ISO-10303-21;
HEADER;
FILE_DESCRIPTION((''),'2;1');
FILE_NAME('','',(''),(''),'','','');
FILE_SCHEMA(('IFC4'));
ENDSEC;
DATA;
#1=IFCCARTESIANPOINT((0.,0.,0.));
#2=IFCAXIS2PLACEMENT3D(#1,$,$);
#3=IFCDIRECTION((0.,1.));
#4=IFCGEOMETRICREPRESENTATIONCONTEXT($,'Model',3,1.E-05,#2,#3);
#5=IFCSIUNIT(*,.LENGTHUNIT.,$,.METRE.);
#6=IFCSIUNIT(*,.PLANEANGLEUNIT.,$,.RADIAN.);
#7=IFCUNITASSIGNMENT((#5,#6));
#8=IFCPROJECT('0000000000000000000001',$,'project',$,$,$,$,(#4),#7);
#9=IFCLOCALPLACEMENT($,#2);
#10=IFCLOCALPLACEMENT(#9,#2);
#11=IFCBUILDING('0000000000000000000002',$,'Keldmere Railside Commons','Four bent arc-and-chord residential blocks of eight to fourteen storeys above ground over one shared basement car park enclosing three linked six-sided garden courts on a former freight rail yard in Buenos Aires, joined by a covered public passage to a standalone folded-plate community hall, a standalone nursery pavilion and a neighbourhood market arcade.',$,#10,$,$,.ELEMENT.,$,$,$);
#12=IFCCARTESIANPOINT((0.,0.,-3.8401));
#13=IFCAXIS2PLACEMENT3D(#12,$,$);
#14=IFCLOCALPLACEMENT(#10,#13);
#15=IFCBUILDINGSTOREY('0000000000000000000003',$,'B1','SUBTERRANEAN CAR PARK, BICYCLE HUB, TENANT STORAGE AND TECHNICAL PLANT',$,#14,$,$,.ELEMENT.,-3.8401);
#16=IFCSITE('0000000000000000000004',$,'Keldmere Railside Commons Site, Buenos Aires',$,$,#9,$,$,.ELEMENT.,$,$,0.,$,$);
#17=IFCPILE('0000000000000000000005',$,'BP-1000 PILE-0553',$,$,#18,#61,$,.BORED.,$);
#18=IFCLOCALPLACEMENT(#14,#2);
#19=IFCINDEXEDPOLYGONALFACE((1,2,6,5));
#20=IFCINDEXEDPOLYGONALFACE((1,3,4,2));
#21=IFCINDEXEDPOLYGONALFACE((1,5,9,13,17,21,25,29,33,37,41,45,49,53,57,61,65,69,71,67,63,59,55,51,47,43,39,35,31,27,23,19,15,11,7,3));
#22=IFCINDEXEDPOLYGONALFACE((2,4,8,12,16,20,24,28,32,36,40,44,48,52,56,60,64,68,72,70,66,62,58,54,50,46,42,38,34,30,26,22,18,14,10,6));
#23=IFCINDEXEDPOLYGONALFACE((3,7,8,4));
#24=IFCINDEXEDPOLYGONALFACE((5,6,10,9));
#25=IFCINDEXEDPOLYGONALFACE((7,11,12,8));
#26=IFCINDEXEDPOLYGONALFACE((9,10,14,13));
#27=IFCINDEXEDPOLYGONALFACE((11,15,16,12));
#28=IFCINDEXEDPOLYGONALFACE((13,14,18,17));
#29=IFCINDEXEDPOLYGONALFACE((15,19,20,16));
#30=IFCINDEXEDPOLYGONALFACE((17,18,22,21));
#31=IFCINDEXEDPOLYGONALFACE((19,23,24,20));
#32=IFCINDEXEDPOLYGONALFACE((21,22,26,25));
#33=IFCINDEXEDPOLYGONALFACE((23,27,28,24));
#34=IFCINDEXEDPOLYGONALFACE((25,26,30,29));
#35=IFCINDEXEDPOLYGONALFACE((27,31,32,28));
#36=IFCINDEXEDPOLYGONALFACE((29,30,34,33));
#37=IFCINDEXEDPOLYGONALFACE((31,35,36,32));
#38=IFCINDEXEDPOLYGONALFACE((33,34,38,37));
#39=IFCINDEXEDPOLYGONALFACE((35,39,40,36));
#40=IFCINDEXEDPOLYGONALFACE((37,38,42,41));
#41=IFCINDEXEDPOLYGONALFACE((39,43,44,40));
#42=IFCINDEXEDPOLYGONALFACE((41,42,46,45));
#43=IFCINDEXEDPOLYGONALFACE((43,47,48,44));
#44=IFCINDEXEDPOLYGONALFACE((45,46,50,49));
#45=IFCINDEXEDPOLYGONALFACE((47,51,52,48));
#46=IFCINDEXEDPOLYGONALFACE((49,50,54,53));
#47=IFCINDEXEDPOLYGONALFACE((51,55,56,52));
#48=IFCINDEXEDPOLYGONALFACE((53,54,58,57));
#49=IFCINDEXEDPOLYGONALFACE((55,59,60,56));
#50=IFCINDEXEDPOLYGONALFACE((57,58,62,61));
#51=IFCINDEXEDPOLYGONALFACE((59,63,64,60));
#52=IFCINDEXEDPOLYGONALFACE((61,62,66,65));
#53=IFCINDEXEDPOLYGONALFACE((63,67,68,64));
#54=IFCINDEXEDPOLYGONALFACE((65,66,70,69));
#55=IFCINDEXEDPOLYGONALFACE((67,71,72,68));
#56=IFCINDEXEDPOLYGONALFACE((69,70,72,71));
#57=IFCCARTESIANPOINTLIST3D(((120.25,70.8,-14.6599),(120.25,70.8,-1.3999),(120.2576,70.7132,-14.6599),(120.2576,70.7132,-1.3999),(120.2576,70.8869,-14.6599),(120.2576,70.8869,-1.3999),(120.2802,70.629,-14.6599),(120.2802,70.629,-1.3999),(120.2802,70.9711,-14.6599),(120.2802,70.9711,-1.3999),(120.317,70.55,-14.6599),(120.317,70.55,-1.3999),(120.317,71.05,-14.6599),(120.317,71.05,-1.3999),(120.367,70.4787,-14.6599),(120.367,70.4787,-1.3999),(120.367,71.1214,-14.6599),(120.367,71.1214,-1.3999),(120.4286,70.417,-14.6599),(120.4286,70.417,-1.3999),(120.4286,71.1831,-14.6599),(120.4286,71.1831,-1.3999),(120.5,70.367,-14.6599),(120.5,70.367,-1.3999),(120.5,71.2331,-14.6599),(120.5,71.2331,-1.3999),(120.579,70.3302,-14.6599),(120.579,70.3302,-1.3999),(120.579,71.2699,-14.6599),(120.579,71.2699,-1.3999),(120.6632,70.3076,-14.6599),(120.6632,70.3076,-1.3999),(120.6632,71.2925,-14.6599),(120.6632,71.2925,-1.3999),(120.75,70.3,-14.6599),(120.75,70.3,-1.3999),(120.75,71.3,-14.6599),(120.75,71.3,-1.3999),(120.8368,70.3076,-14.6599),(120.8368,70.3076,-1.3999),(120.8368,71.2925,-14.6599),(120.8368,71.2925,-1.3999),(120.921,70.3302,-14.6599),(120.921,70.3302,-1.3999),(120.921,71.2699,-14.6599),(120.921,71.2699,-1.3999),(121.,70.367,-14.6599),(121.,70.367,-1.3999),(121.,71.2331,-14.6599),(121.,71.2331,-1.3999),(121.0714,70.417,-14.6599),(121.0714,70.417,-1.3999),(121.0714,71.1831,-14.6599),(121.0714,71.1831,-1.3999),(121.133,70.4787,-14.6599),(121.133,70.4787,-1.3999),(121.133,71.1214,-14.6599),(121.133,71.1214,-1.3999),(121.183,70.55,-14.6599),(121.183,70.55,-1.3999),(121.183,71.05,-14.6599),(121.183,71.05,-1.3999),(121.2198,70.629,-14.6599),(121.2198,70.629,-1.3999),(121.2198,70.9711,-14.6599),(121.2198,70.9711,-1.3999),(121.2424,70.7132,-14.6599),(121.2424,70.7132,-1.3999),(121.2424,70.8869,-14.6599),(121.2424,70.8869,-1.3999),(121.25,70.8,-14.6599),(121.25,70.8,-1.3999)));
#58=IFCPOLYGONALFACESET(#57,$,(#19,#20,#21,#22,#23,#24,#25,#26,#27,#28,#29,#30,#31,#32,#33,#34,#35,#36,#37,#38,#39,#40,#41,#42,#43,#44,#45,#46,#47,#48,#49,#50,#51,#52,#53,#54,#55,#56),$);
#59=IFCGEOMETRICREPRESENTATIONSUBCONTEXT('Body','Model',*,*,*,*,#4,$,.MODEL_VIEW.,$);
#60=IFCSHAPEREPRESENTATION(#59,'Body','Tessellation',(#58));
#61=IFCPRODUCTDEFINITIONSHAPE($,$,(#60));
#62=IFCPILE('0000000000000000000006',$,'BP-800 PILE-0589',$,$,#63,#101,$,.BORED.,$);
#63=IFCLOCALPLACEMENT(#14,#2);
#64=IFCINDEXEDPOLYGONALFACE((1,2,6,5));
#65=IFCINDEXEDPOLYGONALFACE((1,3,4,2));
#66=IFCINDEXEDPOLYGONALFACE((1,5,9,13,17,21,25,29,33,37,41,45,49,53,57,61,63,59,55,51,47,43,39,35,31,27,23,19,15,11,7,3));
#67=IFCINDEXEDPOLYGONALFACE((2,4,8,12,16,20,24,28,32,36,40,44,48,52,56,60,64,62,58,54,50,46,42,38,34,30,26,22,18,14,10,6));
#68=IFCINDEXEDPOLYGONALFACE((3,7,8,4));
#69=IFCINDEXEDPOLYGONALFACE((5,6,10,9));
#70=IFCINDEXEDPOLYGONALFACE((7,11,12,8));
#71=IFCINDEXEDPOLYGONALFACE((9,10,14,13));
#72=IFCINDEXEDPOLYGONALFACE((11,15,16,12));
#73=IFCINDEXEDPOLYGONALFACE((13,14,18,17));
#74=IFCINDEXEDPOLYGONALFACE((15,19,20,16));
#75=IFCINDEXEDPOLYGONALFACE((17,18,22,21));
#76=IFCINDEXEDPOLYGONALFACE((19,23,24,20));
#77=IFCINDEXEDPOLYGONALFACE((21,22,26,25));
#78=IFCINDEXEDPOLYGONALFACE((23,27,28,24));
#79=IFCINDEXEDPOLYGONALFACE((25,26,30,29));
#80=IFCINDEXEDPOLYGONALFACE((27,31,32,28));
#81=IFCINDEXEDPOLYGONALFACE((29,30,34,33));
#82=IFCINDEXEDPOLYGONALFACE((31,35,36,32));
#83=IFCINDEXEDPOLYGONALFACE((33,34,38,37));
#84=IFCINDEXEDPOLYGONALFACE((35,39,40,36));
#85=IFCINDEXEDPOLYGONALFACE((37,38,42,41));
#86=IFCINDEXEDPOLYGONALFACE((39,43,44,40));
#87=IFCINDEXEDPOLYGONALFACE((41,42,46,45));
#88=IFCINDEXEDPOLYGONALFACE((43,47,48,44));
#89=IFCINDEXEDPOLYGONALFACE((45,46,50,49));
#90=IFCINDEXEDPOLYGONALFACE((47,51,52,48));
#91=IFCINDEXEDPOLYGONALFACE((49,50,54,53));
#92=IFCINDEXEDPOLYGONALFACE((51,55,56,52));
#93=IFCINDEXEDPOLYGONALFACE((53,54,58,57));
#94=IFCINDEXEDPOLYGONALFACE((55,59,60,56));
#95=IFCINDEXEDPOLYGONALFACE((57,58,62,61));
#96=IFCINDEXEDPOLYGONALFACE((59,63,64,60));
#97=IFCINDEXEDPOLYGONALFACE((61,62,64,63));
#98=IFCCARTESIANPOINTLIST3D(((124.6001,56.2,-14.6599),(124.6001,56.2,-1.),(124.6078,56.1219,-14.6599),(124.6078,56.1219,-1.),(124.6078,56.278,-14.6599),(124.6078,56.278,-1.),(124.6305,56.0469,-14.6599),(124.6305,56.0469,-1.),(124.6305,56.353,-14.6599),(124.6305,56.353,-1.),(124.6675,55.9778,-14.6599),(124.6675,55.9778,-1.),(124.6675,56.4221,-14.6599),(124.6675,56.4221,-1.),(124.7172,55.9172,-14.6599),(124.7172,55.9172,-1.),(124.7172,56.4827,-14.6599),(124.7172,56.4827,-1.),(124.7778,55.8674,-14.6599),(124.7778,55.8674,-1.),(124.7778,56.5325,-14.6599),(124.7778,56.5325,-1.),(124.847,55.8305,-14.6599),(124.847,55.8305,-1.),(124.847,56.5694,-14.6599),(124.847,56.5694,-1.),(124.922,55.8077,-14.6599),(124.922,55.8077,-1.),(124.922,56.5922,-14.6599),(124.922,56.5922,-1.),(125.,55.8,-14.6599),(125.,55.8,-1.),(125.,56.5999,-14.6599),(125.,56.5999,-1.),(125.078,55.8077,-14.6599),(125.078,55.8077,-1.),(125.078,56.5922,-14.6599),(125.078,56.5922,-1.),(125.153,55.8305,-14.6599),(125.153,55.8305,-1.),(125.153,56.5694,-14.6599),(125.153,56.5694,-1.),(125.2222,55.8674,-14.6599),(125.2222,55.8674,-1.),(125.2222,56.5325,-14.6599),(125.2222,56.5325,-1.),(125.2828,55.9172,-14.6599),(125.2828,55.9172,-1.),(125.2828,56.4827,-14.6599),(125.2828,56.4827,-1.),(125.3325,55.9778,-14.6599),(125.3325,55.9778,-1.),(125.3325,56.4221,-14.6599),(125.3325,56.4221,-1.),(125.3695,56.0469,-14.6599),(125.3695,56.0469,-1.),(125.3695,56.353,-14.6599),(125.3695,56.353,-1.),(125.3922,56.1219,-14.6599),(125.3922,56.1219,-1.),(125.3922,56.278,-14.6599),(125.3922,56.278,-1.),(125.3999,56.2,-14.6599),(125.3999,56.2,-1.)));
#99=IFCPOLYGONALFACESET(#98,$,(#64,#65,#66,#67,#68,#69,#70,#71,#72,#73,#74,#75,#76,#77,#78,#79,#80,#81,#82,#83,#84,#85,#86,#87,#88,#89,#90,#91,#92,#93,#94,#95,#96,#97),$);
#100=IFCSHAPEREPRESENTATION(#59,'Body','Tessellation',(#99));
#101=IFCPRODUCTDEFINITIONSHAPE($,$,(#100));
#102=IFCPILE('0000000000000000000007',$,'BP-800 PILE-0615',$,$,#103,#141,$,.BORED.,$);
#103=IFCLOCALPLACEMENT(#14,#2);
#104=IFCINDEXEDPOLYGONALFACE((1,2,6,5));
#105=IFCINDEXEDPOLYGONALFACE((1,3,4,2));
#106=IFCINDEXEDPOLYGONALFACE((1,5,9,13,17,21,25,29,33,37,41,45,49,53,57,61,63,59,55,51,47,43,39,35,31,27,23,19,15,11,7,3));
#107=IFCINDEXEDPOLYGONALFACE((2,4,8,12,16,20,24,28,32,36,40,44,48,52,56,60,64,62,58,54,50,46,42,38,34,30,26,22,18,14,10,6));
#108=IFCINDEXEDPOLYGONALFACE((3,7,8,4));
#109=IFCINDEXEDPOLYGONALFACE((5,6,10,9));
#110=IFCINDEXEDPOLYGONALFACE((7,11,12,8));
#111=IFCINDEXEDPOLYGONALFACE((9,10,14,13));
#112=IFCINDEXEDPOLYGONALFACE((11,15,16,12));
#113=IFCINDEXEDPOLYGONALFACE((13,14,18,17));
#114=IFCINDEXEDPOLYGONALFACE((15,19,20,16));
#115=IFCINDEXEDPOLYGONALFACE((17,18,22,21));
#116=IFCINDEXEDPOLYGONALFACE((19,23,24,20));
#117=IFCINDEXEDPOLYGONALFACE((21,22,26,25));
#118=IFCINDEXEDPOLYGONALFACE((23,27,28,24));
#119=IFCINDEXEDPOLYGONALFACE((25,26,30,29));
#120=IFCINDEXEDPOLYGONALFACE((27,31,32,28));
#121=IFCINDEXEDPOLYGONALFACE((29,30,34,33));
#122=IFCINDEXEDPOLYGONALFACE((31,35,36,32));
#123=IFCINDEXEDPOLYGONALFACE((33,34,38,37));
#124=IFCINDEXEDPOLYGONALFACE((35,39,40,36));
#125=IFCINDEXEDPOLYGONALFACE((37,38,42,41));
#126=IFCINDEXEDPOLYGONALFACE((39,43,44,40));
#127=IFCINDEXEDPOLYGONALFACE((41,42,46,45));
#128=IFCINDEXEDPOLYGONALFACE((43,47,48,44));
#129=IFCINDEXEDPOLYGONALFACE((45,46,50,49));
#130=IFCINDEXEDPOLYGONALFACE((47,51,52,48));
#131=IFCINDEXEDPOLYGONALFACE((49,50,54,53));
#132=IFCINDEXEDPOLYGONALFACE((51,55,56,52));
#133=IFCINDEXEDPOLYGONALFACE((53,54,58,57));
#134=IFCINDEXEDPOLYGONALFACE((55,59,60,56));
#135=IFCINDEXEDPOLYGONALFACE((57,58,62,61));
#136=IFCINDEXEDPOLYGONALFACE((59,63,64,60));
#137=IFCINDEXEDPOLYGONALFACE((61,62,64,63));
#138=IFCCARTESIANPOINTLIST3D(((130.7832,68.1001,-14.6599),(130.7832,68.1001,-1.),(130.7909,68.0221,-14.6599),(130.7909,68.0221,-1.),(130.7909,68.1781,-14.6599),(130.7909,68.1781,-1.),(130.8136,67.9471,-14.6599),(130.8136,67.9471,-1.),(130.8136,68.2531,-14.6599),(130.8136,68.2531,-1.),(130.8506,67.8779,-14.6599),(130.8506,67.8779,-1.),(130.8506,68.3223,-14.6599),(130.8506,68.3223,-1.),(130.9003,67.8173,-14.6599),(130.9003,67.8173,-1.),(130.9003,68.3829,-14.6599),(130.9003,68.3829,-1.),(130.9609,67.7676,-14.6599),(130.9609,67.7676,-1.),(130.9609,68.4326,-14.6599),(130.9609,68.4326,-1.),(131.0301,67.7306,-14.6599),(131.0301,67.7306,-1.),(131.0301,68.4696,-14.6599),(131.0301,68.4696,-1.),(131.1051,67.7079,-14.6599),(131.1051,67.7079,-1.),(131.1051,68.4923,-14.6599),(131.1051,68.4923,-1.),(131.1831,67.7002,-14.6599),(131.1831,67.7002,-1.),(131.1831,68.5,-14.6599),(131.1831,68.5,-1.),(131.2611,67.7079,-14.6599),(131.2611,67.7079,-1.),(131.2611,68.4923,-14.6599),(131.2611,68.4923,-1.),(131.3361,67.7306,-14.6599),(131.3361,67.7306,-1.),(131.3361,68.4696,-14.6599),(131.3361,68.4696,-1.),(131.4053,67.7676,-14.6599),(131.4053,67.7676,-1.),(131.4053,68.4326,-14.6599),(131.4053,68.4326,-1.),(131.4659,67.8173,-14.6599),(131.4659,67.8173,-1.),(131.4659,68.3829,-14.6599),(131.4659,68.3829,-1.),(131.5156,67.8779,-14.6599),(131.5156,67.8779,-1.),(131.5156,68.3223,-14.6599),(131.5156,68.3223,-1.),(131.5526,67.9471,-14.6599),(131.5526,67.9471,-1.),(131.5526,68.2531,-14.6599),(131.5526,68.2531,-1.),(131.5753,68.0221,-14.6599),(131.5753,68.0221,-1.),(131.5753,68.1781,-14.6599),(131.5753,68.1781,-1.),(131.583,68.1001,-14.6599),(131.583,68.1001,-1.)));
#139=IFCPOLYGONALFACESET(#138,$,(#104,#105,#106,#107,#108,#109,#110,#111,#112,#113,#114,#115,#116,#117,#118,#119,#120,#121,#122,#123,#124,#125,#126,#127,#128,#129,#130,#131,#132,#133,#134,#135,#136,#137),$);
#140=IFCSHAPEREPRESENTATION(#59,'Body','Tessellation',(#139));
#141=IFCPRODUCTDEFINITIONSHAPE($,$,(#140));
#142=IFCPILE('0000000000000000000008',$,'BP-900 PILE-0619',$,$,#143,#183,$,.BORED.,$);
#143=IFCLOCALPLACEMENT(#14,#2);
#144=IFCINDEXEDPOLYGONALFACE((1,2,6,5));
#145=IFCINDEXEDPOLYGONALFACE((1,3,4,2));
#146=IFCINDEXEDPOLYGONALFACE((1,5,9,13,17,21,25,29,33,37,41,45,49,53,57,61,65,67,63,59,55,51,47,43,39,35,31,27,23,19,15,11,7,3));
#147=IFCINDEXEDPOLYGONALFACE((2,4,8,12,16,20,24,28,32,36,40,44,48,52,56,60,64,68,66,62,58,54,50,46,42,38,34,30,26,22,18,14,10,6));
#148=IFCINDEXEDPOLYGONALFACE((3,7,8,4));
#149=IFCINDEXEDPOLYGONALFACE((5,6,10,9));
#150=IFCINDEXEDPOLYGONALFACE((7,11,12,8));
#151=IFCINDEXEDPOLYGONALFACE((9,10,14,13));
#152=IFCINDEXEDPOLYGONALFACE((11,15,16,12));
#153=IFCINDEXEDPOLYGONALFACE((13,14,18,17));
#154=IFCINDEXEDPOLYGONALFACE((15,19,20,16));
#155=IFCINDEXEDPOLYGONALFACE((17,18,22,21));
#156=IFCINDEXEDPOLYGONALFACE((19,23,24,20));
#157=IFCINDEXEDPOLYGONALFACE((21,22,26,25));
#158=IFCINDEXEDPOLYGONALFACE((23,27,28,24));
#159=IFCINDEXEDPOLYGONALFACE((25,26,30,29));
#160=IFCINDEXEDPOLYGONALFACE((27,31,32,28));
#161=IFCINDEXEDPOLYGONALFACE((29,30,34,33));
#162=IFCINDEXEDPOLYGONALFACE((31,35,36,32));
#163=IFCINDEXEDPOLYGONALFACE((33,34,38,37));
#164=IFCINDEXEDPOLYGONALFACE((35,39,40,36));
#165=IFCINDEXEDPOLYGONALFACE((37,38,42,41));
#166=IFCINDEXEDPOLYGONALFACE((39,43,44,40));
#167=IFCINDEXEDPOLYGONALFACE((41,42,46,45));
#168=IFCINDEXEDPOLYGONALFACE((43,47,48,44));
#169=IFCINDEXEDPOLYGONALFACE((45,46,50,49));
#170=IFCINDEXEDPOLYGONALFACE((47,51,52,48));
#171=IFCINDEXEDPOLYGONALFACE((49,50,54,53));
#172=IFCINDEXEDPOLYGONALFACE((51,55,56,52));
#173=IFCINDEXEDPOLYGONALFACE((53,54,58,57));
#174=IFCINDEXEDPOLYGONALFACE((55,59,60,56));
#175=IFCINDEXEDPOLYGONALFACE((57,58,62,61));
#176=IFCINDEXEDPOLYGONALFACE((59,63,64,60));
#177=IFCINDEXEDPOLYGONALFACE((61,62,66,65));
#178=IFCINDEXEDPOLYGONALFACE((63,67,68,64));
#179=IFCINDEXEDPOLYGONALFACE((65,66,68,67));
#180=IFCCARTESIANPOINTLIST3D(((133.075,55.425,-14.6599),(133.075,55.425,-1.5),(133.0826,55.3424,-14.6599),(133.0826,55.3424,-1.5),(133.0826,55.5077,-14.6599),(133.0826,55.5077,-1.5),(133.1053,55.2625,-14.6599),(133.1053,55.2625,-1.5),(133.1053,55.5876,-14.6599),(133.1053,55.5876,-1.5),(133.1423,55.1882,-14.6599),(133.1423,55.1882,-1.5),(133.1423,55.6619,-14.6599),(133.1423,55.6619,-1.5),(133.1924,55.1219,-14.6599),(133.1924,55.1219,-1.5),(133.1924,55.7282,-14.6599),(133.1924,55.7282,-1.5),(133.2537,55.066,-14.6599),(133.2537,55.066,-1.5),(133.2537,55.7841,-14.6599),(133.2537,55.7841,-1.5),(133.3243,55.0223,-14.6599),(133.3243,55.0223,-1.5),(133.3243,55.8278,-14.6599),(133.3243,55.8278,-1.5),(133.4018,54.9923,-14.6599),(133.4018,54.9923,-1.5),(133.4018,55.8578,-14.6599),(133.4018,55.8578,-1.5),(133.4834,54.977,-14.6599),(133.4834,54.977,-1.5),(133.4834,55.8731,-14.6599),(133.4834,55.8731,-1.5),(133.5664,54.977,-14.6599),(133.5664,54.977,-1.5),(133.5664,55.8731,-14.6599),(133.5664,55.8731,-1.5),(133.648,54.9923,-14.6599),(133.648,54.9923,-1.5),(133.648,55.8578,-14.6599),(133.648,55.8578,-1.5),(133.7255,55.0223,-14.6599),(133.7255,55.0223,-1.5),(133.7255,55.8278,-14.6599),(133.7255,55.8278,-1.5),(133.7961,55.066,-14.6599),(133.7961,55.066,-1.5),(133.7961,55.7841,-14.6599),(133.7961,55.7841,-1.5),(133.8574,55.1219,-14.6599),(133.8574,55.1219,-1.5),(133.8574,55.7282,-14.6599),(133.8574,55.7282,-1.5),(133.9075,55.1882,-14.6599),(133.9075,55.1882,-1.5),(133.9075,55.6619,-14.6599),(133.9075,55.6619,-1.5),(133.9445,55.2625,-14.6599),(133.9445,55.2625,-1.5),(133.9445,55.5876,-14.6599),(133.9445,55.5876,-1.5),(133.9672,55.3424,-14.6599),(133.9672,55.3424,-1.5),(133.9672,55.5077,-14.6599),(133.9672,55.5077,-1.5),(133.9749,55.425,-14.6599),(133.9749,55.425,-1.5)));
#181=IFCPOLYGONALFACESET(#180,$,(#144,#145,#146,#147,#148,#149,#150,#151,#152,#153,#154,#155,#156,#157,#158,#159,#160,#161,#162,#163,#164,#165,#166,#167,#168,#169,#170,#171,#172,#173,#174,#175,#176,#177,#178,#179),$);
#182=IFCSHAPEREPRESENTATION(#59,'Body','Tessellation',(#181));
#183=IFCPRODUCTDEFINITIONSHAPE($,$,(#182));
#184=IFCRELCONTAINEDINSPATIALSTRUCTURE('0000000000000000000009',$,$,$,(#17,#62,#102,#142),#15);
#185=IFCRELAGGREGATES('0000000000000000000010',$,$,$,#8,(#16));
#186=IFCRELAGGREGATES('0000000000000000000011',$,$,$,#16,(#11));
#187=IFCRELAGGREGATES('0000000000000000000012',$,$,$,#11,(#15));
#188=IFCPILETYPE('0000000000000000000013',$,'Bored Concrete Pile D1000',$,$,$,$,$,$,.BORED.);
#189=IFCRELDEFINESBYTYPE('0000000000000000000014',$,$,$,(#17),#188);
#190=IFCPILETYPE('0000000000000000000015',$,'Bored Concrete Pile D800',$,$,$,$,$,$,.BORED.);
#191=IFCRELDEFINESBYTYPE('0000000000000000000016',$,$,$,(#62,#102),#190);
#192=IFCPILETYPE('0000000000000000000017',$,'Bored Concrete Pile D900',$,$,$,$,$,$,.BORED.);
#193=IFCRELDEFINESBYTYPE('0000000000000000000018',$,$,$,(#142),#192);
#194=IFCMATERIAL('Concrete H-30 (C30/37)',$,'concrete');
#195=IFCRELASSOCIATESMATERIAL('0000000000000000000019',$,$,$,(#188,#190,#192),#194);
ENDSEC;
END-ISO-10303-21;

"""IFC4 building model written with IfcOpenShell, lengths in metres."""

from ifc_helpers import new_model, si_unit, direction, frame, origin, origin_2d, place, context, subcontext, project, spatial, circle, extrude, material, material_profile, profile_set, type_object, element, save


model = new_model("IFC4")

# Units and contexts
model_context = context("Model", 3, precision=1e-05, world=origin(), true_north=direction((0.0, 1.0)))
body_context = subcontext(model_context, "Body", "Model", "MODEL_VIEW")
ifc_project = project(units=[si_unit("LENGTHUNIT", "METRE"), si_unit("PLANEANGLEUNIT", "RADIAN")], contexts=[model_context])

# Site, building, storey
site_placement = place(None, origin())
site = spatial("IfcSite", under=ifc_project, at=site_placement, Name="Keldmere Railside Commons Site, Buenos Aires", CompositionType="ELEMENT", RefElevation=0.0)
building_placement = place(site_placement, origin())
building = spatial("IfcBuilding", under=site, at=building_placement, Name="Keldmere Railside Commons", Description="Four bent arc-and-chord residential blocks of eight to fourteen storeys above ground over one shared basement car park enclosing three linked six-sided garden courts on a former freight rail yard in Buenos Aires, joined by a covered public passage to a standalone folded-plate community hall, a standalone nursery pavilion and a neighbourhood market arcade.", CompositionType="ELEMENT")
storey_placement = place(building_placement, frame((0.0, 0.0, -3.8401)))
storey = spatial("IfcBuildingStorey", under=building, at=storey_placement, Name="B1", Description="SUBTERRANEAN CAR PARK, BICYCLE HUB, TENANT STORAGE AND TECHNICAL PLANT", CompositionType="ELEMENT", Elevation=-3.8401)

# Piles
ifc_material_1 = material(Name="Concrete H-30 (C30/37)", Category="concrete")
ifc_material_profile_1 = material_profile(ifc_material_1, circle(Radius=0.5, at=origin_2d()), Name="PILE-D1000")
ifc_profile_set_1 = profile_set([ifc_material_profile_1], Name="Concrete H-30 (C30/37)")
pile_type_1 = type_object("IfcPileType", Name="Bored Concrete Pile D1000", PredefinedType="BORED", material=ifc_profile_set_1)
for number, where, z_axis, x_axis, name in (
    (1, (120.75, 70.8, -1.3999), (0.0, 0.0, -1.0), (1.0, 0.0, 0.0), "BP-1000 PILE-0553"),
):
    element("IfcPile", number, at=place(storey_placement, frame(where, z_axis=z_axis, x_axis=x_axis)), inside=storey, type_object=pile_type_1, Name=name, PredefinedType="BORED", context=body_context, shape_type="SweptSolid", body=[
        extrude(circle(Radius=0.5, at=origin_2d()), origin(), (0.0, 0.0, 1.0), 13.26),
    ])
ifc_material_profile_2 = material_profile(ifc_material_1, circle(Radius=0.3999, at=origin_2d()), Name="PILE-D800")
ifc_profile_set_2 = profile_set([ifc_material_profile_2], Name="Concrete H-30 (C30/37)")
pile_type_2 = type_object("IfcPileType", Name="Bored Concrete Pile D800", PredefinedType="BORED", material=ifc_profile_set_2)
for number, where, z_axis, x_axis, name in (
    (2, (125.0, 56.2, -1.0), (0.0, 0.0, -1.0), (1.0, 0.0, 0.0), "BP-800 PILE-0589"),
    (3, (131.1831, 68.1001, -1.0), (0.0, 0.0, -1.0), (1.0, 0.0, 0.0), "BP-800 PILE-0615"),
):
    element("IfcPile", number, at=place(storey_placement, frame(where, z_axis=z_axis, x_axis=x_axis)), inside=storey, type_object=pile_type_2, Name=name, PredefinedType="BORED", context=body_context, shape_type="SweptSolid", body=[
        extrude(circle(Radius=0.3999, at=origin_2d()), origin(), (0.0, 0.0, 1.0), 13.6599),
    ])
ifc_material_profile_3 = material_profile(ifc_material_1, circle(Radius=0.45, at=origin_2d()), Name="PILE-D900")
ifc_profile_set_3 = profile_set([ifc_material_profile_3], Name="Concrete H-30 (C30/37)")
pile_type_3 = type_object("IfcPileType", Name="Bored Concrete Pile D900", PredefinedType="BORED", material=ifc_profile_set_3)
for number, where, z_axis, x_axis, name in (
    (4, (133.5249, 55.425, -1.5), (0.0, 0.0, -1.0), (1.0, 0.0, 0.0), "BP-900 PILE-0619"),
):
    element("IfcPile", number, at=place(storey_placement, frame(where, z_axis=z_axis, x_axis=x_axis)), inside=storey, type_object=pile_type_3, Name=name, PredefinedType="BORED", context=body_context, shape_type="SweptSolid", body=[
        extrude(circle(Radius=0.45, at=origin_2d()), origin(), (0.0, 0.0, 1.0), 13.1599),
    ])

save(model, "model.ifc")
